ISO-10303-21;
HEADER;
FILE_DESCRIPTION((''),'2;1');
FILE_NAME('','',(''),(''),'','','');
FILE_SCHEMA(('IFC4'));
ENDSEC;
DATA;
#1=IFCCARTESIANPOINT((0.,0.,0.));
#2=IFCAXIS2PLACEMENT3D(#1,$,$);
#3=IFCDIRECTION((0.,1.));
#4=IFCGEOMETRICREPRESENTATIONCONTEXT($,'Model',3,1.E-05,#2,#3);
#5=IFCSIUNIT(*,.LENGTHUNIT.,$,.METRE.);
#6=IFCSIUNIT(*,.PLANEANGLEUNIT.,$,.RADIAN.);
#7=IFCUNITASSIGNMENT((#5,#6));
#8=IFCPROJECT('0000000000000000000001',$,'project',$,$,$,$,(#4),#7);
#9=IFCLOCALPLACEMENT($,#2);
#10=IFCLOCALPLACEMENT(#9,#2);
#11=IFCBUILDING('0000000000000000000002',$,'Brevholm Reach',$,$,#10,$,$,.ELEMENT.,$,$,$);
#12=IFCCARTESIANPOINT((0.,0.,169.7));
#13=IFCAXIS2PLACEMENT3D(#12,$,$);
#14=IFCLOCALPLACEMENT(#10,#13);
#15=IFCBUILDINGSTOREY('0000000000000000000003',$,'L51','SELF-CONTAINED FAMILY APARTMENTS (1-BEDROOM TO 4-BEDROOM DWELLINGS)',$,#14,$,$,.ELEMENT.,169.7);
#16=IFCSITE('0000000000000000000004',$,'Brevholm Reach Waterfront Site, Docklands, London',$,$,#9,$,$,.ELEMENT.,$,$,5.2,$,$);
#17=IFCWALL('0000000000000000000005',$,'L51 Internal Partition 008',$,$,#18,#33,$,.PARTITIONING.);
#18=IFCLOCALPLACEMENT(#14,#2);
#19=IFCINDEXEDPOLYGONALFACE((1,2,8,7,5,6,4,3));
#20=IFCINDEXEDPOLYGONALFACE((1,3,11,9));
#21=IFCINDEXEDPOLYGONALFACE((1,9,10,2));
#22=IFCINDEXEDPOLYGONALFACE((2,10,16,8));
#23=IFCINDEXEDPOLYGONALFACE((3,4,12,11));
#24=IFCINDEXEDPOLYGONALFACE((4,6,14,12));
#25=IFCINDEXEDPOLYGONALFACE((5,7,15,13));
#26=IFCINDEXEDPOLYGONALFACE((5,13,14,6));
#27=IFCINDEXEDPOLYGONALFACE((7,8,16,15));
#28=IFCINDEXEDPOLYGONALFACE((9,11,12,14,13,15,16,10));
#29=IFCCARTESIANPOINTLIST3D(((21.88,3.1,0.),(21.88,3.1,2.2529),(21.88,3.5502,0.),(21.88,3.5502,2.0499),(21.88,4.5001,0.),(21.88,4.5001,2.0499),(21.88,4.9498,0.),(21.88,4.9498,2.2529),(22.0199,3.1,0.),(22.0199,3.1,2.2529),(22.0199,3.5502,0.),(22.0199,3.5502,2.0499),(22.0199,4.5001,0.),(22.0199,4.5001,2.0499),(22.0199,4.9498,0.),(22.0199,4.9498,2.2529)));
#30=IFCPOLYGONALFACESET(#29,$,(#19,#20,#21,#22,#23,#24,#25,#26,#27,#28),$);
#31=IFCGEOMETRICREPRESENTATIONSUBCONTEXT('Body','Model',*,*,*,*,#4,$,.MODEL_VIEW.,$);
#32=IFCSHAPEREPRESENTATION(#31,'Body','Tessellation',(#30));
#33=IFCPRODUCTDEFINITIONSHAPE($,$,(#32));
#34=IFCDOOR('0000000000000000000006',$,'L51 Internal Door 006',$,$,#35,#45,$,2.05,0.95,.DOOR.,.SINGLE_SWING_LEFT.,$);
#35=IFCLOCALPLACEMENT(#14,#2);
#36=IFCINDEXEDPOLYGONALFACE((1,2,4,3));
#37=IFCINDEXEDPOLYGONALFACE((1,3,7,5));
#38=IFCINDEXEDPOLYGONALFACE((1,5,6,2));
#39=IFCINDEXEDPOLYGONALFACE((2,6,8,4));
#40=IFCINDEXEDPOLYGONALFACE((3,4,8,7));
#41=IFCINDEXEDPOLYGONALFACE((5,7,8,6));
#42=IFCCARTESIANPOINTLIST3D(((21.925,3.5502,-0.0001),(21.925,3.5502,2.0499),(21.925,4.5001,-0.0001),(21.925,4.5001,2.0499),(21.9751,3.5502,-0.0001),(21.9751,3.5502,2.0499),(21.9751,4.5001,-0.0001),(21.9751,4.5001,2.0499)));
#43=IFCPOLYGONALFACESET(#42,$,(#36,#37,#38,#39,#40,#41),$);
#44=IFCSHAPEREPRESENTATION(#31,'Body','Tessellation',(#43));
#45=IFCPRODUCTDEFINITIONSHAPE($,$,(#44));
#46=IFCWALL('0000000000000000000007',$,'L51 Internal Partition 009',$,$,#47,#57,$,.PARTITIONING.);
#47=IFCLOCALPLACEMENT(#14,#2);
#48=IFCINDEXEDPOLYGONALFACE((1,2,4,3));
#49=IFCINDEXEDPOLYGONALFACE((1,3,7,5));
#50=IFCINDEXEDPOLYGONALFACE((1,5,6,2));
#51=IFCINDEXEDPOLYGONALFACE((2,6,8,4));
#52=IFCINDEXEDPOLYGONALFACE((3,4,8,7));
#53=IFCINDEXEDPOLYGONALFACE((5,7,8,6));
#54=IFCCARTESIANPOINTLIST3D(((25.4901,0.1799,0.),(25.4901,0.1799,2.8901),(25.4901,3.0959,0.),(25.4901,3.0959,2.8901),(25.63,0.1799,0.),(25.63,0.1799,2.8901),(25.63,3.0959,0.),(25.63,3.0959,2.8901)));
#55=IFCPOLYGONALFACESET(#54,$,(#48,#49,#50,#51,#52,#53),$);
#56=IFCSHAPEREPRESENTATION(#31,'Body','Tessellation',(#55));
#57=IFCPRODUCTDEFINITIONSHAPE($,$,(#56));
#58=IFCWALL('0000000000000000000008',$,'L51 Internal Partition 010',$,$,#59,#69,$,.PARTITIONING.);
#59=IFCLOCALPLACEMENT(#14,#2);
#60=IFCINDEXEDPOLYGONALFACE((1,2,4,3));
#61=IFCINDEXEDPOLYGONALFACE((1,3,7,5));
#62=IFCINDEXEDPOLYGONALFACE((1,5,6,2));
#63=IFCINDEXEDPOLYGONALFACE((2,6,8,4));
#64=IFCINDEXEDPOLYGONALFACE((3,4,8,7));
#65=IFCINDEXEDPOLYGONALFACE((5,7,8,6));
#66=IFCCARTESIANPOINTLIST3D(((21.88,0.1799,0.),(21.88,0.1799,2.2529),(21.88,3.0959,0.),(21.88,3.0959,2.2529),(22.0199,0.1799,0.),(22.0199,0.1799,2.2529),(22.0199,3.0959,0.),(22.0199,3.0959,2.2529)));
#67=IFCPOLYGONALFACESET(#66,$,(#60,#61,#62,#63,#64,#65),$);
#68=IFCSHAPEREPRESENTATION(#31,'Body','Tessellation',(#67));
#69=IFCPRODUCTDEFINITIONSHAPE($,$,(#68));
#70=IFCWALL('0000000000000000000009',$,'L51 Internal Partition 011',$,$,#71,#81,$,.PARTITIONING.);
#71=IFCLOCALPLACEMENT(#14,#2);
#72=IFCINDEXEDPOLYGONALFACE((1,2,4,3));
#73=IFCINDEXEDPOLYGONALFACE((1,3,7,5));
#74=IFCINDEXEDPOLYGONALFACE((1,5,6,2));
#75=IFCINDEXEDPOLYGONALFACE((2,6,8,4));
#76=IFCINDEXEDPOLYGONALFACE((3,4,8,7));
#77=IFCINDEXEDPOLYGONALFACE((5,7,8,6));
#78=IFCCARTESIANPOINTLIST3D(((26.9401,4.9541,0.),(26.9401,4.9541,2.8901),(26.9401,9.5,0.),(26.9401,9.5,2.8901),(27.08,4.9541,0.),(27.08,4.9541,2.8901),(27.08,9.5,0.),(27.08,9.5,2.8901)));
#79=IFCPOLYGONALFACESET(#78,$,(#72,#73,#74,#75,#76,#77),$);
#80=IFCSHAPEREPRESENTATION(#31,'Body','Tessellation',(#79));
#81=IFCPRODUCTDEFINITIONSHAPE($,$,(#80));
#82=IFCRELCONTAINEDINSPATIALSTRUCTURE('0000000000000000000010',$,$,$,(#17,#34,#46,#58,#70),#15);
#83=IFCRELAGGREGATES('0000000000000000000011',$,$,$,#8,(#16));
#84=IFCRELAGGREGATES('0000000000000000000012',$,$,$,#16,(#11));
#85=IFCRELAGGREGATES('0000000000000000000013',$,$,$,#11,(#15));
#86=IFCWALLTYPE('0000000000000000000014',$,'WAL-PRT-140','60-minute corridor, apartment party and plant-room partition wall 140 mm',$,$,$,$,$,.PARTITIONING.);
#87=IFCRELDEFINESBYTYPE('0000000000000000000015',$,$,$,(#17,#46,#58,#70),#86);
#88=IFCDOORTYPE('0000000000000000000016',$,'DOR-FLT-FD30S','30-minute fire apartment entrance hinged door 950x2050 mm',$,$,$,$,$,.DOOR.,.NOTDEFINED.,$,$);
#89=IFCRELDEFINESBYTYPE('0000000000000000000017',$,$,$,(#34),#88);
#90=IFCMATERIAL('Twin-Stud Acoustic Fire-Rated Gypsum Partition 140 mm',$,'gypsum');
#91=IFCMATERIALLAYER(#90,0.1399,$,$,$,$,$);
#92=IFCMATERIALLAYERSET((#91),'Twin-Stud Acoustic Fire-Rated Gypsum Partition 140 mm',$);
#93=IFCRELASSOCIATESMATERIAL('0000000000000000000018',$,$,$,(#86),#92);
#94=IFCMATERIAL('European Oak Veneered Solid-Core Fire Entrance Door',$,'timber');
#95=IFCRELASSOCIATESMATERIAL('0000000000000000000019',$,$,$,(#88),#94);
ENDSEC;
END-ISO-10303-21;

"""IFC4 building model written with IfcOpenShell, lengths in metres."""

from ifc_helpers import new_model, si_unit, direction, frame, frame_2d, origin, place, context, subcontext, project, spatial, rectangle, extrude, material, layer, layer_set, type_object, element, fill, save


model = new_model("IFC4")

# Units and contexts
model_context = context("Model", 3, precision=1e-05, world=origin(), true_north=direction((0.0, 1.0)))
body_context = subcontext(model_context, "Body", "Model", "MODEL_VIEW")
ifc_project = project(units=[si_unit("LENGTHUNIT", "METRE"), si_unit("PLANEANGLEUNIT", "RADIAN")], contexts=[model_context])

# Site, building, storey
site_placement = place(None, origin())
site = spatial("IfcSite", under=ifc_project, at=site_placement, Name="Brevholm Reach Waterfront Site, Docklands, London", CompositionType="ELEMENT", RefElevation=5.2)
building_placement = place(site_placement, origin())
building = spatial("IfcBuilding", under=site, at=building_placement, Name="Brevholm Reach", CompositionType="ELEMENT")
storey_placement = place(building_placement, frame((0.0, 0.0, 169.7)))
storey = spatial("IfcBuildingStorey", under=building, at=storey_placement, Name="L51", Description="SELF-CONTAINED FAMILY APARTMENTS (1-BEDROOM TO 4-BEDROOM DWELLINGS)", CompositionType="ELEMENT", Elevation=169.7)

# Shared definitions
ifc_material_1 = material(Name="Twin-Stud Acoustic Fire-Rated Gypsum Partition 140 mm", Category="gypsum")
ifc_layer_1 = layer(ifc_material_1, 0.1399)
ifc_layer_set_1 = layer_set([ifc_layer_1], Name="Twin-Stud Acoustic Fire-Rated Gypsum Partition 140 mm")
wall_type_1 = type_object("IfcWallType", Name="WAL-PRT-140", Description="60-minute corridor, apartment party and plant-room partition wall 140 mm", PredefinedType="PARTITIONING", material=ifc_layer_set_1)

# Shared definitions
ifc_material_2 = material(Name="European Oak Veneered Solid-Core Fire Entrance Door", Category="timber")
door_type_1 = type_object("IfcDoorType", Name="DOR-FLT-FD30S", Description="30-minute fire apartment entrance hinged door 950x2050 mm", OperationType="NOTDEFINED", PredefinedType="DOOR", material=ifc_material_2)

# Wall, opening, door
wall_1_placement = place(storey_placement, frame((21.95, 3.1001, 0.0), z_axis=(0.0, 0.0, 1.0), x_axis=(0.0, 1.0, 0.0)))
wall_1 = element("IfcWall", 1, at=wall_1_placement, inside=storey, type_object=wall_type_1, Name="L51 Internal Partition 008", PredefinedType="PARTITIONING", context=body_context, shape_type="SweptSolid", body=[
    extrude(rectangle(XDim=1.8499, YDim=0.1399, at=frame_2d((0.9248, 0.0))), origin(), (0.0, 0.0, 1.0), 2.2529),
])
opening_1_placement = place(wall_1_placement, frame((0.45, 0.0, 0.0)))
opening_1 = element("IfcOpeningElement", 2, at=opening_1_placement, cuts=wall_1, PredefinedType="OPENING", context=body_context, shape_type="SweptSolid", body=[
    extrude(rectangle(XDim=0.95, YDim=2.05, at=frame_2d((0.4751, 1.0249))), frame((0.0, 0.0798, 0.0), z_axis=(0.0, -1.0, 0.0), x_axis=(1.0, 0.0, 0.0)), (0.0, 0.0, 1.0), 0.1599),
])
door_1_placement = place(opening_1_placement, origin())
door_1 = element("IfcDoor", 3, at=door_1_placement, inside=storey, type_object=door_type_1, Name="L51 Internal Door 006", OperationType="SINGLE_SWING_LEFT", OverallHeight=2.05, OverallWidth=0.95, PredefinedType="DOOR", context=body_context, shape_type="SweptSolid", body=[
    extrude(rectangle(XDim=0.95, YDim=2.05, at=frame_2d((0.4751, 1.0249))), frame((0.0, 0.0249, 0.0), z_axis=(0.0, -1.0, 0.0), x_axis=(1.0, 0.0, 0.0)), (0.0, 0.0, 1.0), 0.05),
])
fill(opening_1, door_1)

# Walls
wall_2_placement = place(storey_placement, frame((25.5601, 0.1799, 0.0), z_axis=(0.0, 0.0, 1.0), x_axis=(0.0, 1.0, 0.0)))
element("IfcWall", 4, at=wall_2_placement, inside=storey, type_object=wall_type_1, Name="L51 Internal Partition 009", PredefinedType="PARTITIONING", context=body_context, shape_type="SweptSolid", body=[
    extrude(rectangle(XDim=2.916, YDim=0.1399, at=frame_2d((1.458, 0.0))), origin(), (0.0, 0.0, 1.0), 2.8901),
])
wall_3_placement = place(storey_placement, frame((21.95, 0.1799, 0.0), z_axis=(0.0, 0.0, 1.0), x_axis=(0.0, 1.0, 0.0)))
element("IfcWall", 5, at=wall_3_placement, inside=storey, type_object=wall_type_1, Name="L51 Internal Partition 010", PredefinedType="PARTITIONING", context=body_context, shape_type="SweptSolid", body=[
    extrude(rectangle(XDim=2.916, YDim=0.1399, at=frame_2d((1.458, 0.0))), origin(), (0.0, 0.0, 1.0), 2.2529),
])
wall_4_placement = place(storey_placement, frame((27.01, 4.9541, 0.0), z_axis=(0.0, 0.0, 1.0), x_axis=(0.0, 1.0, 0.0)))
element("IfcWall", 6, at=wall_4_placement, inside=storey, type_object=wall_type_1, Name="L51 Internal Partition 011", PredefinedType="PARTITIONING", context=body_context, shape_type="SweptSolid", body=[
    extrude(rectangle(XDim=4.5459, YDim=0.1399, at=frame_2d((2.2729, 0.0))), origin(), (0.0, 0.0, 1.0), 2.8901),
])

save(model, "model.ifc")
